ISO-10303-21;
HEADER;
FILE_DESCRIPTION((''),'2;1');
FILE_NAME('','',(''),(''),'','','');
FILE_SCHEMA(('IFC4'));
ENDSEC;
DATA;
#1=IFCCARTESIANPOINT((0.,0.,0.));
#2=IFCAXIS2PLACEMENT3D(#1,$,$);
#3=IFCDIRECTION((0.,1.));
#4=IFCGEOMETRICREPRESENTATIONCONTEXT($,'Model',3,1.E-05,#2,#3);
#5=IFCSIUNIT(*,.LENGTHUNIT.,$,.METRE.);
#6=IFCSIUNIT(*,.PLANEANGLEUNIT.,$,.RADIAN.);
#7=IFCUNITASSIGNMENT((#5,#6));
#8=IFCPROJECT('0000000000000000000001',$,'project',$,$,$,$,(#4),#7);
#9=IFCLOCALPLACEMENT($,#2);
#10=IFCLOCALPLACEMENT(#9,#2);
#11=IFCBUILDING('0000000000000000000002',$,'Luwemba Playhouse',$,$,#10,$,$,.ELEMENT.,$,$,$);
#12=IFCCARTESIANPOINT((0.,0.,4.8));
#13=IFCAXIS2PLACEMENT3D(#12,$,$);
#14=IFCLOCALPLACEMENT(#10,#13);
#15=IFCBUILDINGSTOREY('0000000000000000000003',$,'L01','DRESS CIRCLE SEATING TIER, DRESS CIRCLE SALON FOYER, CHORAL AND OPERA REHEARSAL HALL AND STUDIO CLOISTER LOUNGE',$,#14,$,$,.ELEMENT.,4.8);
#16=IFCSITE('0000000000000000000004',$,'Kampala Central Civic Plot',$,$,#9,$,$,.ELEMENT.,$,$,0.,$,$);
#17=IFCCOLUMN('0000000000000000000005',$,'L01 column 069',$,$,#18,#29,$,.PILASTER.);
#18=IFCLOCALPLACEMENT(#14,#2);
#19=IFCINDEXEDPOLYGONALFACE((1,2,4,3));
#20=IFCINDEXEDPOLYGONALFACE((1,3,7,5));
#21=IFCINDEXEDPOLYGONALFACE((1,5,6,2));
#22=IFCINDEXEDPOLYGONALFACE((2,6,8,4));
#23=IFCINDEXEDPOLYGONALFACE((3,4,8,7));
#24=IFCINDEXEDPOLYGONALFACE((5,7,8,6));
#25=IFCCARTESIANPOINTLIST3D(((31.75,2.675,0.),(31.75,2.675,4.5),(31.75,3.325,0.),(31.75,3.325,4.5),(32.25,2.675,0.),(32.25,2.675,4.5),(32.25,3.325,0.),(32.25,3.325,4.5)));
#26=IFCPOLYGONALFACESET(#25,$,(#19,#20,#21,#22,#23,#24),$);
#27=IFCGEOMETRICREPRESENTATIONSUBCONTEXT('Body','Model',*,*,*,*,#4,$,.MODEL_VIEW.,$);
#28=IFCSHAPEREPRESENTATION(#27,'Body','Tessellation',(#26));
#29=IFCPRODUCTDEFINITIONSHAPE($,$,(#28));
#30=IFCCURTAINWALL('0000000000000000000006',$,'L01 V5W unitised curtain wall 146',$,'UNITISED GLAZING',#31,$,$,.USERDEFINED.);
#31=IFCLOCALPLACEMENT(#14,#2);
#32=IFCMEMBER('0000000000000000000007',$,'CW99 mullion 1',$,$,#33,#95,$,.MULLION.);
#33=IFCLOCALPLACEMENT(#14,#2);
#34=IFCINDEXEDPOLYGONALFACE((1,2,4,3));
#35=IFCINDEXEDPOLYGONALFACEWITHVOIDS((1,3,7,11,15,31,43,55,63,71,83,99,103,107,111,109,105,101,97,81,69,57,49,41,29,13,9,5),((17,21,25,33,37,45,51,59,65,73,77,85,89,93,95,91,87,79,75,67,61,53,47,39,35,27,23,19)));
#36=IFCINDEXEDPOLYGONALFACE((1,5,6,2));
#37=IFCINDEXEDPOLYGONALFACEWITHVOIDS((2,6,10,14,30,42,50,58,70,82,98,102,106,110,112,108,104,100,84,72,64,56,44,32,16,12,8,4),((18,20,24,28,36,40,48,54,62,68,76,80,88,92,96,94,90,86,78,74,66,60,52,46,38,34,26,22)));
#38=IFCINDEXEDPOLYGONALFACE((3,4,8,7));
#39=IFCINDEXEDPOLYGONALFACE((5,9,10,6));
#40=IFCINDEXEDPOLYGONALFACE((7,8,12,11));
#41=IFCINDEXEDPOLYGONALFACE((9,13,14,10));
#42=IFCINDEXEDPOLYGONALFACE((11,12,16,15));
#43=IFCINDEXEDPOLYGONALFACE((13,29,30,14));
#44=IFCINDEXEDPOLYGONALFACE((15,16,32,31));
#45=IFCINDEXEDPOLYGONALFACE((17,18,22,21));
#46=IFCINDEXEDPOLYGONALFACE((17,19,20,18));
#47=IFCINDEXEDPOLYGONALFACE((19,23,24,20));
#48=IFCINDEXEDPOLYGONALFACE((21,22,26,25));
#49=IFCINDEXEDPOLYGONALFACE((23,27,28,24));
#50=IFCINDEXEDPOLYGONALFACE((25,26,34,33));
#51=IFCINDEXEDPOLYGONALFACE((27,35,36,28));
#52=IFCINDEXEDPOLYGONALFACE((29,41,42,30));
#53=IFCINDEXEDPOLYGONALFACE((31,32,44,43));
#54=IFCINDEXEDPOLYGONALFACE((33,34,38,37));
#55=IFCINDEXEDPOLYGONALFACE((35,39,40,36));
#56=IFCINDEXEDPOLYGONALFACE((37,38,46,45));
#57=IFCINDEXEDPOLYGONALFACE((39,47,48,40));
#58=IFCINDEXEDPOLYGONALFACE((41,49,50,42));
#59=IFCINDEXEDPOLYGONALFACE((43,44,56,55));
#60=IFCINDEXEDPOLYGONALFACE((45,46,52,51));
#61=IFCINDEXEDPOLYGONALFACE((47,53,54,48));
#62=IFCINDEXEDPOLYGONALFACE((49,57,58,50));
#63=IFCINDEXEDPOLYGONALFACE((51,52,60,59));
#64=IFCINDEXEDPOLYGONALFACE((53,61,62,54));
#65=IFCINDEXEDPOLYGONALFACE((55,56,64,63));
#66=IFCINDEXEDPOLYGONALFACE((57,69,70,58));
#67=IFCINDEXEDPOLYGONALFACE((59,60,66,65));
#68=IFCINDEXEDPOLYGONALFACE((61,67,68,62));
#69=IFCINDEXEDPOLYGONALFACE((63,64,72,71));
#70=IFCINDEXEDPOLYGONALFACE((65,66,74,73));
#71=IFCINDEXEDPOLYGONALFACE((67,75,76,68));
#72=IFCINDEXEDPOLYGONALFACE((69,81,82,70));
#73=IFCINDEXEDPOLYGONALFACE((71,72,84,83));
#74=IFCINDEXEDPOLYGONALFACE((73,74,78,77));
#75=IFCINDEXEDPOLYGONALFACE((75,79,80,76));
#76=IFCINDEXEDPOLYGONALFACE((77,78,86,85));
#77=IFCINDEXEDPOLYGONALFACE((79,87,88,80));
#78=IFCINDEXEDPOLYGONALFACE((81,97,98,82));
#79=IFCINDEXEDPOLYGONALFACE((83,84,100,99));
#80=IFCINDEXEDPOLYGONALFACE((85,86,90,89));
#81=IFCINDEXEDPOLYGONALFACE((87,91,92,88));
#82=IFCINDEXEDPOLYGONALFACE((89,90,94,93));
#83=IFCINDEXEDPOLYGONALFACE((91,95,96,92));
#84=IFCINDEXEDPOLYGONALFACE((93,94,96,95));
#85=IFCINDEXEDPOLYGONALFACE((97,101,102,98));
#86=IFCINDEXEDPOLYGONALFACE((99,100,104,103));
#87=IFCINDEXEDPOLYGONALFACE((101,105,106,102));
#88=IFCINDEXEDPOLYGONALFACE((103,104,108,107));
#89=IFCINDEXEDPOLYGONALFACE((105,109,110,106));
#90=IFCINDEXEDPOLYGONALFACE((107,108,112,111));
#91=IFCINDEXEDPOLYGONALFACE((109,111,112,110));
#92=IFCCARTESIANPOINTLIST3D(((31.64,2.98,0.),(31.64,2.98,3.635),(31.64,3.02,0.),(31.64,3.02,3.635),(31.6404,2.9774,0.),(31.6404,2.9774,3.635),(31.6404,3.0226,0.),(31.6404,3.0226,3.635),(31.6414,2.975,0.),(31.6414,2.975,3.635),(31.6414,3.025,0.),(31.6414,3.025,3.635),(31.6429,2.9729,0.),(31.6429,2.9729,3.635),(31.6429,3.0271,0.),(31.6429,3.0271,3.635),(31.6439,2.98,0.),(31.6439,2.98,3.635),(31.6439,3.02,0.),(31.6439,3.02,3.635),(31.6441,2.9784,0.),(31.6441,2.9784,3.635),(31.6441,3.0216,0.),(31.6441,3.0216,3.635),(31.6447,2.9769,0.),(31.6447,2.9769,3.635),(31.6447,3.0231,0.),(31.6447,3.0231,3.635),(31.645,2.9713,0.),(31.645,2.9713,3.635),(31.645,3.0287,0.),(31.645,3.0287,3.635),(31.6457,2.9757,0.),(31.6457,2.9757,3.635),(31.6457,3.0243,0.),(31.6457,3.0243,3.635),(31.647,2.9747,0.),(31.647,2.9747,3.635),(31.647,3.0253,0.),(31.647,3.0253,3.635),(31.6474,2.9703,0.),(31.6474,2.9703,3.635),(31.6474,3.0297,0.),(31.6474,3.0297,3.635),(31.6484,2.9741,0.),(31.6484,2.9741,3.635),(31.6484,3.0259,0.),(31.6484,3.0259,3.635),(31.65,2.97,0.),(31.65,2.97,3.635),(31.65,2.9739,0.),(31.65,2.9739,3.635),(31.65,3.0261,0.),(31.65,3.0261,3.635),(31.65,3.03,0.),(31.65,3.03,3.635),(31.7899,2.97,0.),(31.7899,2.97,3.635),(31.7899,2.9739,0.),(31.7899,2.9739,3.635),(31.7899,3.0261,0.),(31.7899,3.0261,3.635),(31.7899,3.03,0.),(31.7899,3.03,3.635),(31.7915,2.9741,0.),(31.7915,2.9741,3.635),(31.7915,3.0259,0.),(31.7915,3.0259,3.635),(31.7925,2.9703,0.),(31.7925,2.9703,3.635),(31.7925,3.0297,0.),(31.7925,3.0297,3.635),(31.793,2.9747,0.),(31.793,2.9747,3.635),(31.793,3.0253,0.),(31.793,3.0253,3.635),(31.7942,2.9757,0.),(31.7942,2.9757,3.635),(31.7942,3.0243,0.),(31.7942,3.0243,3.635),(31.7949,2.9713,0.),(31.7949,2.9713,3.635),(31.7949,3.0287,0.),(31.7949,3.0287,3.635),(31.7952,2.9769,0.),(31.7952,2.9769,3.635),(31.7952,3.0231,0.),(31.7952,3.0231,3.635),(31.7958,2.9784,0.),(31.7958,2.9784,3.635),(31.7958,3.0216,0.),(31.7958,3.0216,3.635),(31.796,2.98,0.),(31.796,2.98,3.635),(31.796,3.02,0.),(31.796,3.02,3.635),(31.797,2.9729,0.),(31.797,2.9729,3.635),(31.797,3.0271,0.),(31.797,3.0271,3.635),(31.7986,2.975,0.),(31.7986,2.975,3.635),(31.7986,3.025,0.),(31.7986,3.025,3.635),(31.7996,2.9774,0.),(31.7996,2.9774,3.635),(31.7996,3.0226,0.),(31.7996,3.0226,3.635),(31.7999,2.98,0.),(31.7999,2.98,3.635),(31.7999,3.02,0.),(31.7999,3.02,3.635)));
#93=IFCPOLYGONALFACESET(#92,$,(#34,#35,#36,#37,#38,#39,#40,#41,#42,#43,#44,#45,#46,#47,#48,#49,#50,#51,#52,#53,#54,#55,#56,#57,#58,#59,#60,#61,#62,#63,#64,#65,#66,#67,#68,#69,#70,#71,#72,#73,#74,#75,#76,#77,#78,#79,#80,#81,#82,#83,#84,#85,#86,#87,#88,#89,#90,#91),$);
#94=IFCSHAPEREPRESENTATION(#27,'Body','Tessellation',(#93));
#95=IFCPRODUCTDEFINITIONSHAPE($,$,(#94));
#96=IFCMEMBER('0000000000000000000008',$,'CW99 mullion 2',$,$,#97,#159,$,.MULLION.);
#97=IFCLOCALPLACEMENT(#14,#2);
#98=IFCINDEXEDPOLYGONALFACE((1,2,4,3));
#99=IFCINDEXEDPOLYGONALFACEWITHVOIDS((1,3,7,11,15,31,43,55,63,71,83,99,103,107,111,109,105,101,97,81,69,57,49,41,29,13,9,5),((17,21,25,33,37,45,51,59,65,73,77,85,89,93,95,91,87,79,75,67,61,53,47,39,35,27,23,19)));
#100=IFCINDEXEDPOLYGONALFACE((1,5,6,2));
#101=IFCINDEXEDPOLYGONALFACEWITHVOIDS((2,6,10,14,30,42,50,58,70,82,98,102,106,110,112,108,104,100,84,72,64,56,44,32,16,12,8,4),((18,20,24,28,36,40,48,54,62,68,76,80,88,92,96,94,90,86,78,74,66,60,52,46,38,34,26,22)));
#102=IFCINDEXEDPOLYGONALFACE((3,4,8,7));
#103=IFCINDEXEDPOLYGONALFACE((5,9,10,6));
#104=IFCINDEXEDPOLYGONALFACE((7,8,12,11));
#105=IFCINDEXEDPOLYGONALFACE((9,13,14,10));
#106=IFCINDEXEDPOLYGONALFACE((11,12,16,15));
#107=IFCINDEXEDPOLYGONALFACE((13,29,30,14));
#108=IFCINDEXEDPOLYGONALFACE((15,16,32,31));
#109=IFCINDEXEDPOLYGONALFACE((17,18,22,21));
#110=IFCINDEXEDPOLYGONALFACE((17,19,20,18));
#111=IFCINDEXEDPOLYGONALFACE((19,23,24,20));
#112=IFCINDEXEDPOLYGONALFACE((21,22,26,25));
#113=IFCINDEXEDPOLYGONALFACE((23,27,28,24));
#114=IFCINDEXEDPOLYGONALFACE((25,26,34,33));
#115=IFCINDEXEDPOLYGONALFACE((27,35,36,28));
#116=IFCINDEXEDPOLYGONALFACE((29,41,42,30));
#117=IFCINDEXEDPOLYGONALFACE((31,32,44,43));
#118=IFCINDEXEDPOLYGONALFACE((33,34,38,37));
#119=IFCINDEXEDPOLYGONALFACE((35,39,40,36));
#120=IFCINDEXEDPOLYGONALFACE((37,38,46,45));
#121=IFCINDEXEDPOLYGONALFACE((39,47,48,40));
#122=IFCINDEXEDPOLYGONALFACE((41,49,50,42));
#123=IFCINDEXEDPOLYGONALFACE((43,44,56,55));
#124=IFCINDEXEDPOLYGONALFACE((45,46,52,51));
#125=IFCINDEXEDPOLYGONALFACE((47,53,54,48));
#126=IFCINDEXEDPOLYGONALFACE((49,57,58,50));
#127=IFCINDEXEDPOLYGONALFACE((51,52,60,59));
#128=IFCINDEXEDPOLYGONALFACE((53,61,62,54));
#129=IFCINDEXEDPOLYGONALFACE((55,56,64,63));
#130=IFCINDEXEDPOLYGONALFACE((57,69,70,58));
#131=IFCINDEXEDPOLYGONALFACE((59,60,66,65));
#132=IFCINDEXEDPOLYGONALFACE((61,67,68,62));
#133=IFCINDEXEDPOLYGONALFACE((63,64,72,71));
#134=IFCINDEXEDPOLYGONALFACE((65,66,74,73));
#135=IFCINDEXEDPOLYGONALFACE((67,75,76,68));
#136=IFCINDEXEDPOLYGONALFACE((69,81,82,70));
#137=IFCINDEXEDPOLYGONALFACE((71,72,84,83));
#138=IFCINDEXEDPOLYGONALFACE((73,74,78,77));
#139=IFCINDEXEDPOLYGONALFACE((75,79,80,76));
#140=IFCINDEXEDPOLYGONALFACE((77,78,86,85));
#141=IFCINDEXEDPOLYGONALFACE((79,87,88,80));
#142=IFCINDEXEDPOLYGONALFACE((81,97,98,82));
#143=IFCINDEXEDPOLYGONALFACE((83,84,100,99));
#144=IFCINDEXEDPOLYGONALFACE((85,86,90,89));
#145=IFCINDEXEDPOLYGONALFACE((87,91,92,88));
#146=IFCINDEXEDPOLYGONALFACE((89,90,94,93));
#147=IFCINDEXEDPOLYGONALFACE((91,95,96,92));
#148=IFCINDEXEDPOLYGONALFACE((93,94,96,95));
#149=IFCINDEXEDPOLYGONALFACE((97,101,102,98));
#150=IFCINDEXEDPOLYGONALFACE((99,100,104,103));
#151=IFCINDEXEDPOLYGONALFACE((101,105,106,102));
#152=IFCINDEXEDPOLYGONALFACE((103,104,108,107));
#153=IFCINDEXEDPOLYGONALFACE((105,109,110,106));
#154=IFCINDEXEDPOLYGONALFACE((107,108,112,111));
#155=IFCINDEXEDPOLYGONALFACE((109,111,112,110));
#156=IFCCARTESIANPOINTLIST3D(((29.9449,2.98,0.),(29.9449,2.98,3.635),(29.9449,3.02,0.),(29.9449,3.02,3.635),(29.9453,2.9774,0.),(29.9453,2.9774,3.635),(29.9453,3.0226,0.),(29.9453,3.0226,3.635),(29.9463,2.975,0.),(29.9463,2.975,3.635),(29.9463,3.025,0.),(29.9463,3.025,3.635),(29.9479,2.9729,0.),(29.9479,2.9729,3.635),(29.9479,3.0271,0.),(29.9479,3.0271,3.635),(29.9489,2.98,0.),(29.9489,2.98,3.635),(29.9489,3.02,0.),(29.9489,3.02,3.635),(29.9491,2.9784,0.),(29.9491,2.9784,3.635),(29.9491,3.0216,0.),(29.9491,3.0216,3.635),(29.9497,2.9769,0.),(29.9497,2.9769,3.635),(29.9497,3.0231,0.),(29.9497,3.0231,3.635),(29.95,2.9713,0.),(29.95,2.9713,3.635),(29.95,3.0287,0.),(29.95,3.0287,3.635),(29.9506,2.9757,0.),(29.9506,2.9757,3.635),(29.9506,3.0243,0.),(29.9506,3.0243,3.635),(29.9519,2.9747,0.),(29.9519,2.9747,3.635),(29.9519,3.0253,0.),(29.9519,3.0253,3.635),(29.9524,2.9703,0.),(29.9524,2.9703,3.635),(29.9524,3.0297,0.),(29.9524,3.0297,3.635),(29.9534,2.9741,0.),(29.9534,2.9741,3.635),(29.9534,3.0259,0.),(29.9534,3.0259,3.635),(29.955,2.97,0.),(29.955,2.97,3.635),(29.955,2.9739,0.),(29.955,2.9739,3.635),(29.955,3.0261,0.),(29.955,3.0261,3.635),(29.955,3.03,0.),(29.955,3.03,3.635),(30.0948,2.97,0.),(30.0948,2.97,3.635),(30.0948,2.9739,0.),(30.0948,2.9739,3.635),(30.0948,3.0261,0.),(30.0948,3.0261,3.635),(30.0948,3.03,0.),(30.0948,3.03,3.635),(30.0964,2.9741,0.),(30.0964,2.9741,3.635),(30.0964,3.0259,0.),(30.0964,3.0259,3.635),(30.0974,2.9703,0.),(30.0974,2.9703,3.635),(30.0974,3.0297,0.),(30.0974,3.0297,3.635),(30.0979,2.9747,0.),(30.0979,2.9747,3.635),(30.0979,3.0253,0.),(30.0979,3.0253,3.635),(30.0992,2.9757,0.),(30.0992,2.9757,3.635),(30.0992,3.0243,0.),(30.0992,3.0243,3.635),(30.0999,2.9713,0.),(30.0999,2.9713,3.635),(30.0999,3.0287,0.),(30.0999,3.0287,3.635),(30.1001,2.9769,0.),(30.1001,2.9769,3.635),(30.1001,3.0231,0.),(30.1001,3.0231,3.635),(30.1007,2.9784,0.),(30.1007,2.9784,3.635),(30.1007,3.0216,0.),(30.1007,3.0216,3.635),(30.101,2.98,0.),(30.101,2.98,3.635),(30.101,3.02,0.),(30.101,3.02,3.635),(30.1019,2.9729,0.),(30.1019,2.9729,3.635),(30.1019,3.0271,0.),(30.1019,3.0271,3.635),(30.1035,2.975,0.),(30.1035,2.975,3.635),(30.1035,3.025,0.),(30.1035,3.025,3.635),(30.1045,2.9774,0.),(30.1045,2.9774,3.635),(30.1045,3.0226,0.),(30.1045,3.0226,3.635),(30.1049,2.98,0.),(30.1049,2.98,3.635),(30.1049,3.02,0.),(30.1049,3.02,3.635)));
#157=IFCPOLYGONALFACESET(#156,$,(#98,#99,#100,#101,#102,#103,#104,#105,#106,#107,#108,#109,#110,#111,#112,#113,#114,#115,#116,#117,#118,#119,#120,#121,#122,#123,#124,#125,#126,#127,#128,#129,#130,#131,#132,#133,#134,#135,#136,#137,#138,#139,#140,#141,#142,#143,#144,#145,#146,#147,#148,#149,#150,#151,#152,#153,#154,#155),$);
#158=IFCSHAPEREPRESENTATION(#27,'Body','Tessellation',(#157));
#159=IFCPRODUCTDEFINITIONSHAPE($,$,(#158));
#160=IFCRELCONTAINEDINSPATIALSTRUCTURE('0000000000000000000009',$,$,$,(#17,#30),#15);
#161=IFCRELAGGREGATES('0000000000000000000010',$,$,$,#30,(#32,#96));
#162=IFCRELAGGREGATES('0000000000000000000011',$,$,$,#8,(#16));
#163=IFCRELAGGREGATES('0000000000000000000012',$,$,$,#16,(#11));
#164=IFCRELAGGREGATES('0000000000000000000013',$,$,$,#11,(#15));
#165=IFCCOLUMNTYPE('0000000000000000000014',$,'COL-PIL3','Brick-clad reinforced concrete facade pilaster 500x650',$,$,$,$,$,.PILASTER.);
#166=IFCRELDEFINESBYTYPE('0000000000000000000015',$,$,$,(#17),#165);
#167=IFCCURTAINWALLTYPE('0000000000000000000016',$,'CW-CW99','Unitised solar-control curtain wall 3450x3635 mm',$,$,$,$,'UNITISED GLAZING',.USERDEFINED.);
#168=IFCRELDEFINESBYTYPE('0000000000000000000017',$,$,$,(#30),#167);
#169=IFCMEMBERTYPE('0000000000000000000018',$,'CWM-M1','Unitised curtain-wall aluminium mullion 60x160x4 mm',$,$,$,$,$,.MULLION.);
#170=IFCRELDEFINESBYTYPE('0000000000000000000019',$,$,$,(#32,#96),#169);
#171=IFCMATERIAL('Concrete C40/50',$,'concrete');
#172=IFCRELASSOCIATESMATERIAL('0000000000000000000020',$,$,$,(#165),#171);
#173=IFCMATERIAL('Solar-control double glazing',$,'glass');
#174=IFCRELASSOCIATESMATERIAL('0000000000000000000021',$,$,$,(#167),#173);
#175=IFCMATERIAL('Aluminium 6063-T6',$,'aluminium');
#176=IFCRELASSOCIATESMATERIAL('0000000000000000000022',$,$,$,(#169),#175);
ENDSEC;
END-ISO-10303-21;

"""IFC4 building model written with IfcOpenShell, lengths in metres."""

from ifc_helpers import new_model, si_unit, direction, frame, origin, origin_2d, place, context, subcontext, project, spatial, rectangle, hollow_rectangle, extrude, material, material_profile, profile_set, type_object, element, aggregate, save


model = new_model("IFC4")

# Units and contexts
model_context = context("Model", 3, precision=1e-05, world=origin(), true_north=direction((0.0, 1.0)))
body_context = subcontext(model_context, "Body", "Model", "MODEL_VIEW")
ifc_project = project(units=[si_unit("LENGTHUNIT", "METRE"), si_unit("PLANEANGLEUNIT", "RADIAN")], contexts=[model_context])

# Site, building, storey
site_placement = place(None, origin())
site = spatial("IfcSite", under=ifc_project, at=site_placement, Name="Kampala Central Civic Plot", CompositionType="ELEMENT", RefElevation=0.0)
building_placement = place(site_placement, origin())
building = spatial("IfcBuilding", under=site, at=building_placement, Name="Luwemba Playhouse", CompositionType="ELEMENT")
storey_placement = place(building_placement, frame((0.0, 0.0, 4.8)))
storey = spatial("IfcBuildingStorey", under=building, at=storey_placement, Name="L01", Description="DRESS CIRCLE SEATING TIER, DRESS CIRCLE SALON FOYER, CHORAL AND OPERA REHEARSAL HALL AND STUDIO CLOISTER LOUNGE", CompositionType="ELEMENT", Elevation=4.8)

# Column
ifc_material_1 = material(Name="Concrete C40/50", Category="concrete")
ifc_material_profile_1 = material_profile(ifc_material_1, rectangle(XDim=0.5, YDim=0.6499, at=origin_2d()))
ifc_profile_set_1 = profile_set([ifc_material_profile_1], Name="Concrete C40/50")
column_type = type_object("IfcColumnType", Name="COL-PIL3", Description="Brick-clad reinforced concrete facade pilaster 500x650", PredefinedType="PILASTER", material=ifc_profile_set_1)
column_placement = place(storey_placement, frame((32.0, 3.0, 0.0), z_axis=(0.0, 0.0, 1.0), x_axis=(1.0, 0.0, 0.0)))
element("IfcColumn", 1, at=column_placement, inside=storey, type_object=column_type, Name="L01 column 069", PredefinedType="PILASTER", context=body_context, shape_type="SweptSolid", body=[
    extrude(rectangle(XDim=0.5, YDim=0.6499, at=origin_2d()), origin(), (0.0, 0.0, 1.0), 4.5),
])

# Curtain wall, members
ifc_material_2 = material(Name="Solar-control double glazing", Category="glass")
curtain_wall_type_1 = type_object("IfcCurtainWallType", Name="CW-CW99", Description="Unitised solar-control curtain wall 3450x3635 mm", ElementType="UNITISED GLAZING", PredefinedType="USERDEFINED", material=ifc_material_2)
curtain_wall_1_placement = place(storey_placement, origin())
curtain_wall_1 = element("IfcCurtainWall", 2, at=curtain_wall_1_placement, inside=storey, type_object=curtain_wall_type_1, Name="L01 V5W unitised curtain wall 146", ObjectType="UNITISED GLAZING", PredefinedType="USERDEFINED")
ifc_material_3 = material(Name="Aluminium 6063-T6", Category="aluminium")
ifc_material_profile_2 = material_profile(ifc_material_3, hollow_rectangle(XDim=0.0601, YDim=0.1599, WallThickness=0.0039, InnerFilletRadius=0.0061, OuterFilletRadius=0.01, at=origin_2d()))
ifc_profile_set_2 = profile_set([ifc_material_profile_2], Name="Aluminium 6063-T6")
member_type_1 = type_object("IfcMemberType", Name="CWM-M1", Description="Unitised curtain-wall aluminium mullion 60x160x4 mm", PredefinedType="MULLION", material=ifc_profile_set_2)
member_1_placement = place(storey_placement, frame((31.72, 3.0, 0.0), z_axis=(0.0, 0.0, 1.0), x_axis=(0.0, -1.0, 0.0)))
member_1 = element("IfcMember", 3, at=member_1_placement, type_object=member_type_1, Name="CW99 mullion 1", PredefinedType="MULLION", context=body_context, shape_type="SweptSolid", body=[
    extrude(hollow_rectangle(XDim=0.0601, YDim=0.1599, WallThickness=0.0039, InnerFilletRadius=0.0061, OuterFilletRadius=0.01, at=origin_2d()), origin(), (0.0, 0.0, 1.0), 3.635),
])
member_2_placement = place(storey_placement, frame((30.0249, 3.0, 0.0), z_axis=(0.0, 0.0, 1.0), x_axis=(0.0, -1.0, 0.0)))
member_2 = element("IfcMember", 4, at=member_2_placement, type_object=member_type_1, Name="CW99 mullion 2", PredefinedType="MULLION", context=body_context, shape_type="SweptSolid", body=[
    extrude(hollow_rectangle(XDim=0.0601, YDim=0.1599, WallThickness=0.0039, InnerFilletRadius=0.0061, OuterFilletRadius=0.01, at=origin_2d()), origin(), (0.0, 0.0, 1.0), 3.635),
])

aggregate(curtain_wall_1, [member_1, member_2])

save(model, "model.ifc")
